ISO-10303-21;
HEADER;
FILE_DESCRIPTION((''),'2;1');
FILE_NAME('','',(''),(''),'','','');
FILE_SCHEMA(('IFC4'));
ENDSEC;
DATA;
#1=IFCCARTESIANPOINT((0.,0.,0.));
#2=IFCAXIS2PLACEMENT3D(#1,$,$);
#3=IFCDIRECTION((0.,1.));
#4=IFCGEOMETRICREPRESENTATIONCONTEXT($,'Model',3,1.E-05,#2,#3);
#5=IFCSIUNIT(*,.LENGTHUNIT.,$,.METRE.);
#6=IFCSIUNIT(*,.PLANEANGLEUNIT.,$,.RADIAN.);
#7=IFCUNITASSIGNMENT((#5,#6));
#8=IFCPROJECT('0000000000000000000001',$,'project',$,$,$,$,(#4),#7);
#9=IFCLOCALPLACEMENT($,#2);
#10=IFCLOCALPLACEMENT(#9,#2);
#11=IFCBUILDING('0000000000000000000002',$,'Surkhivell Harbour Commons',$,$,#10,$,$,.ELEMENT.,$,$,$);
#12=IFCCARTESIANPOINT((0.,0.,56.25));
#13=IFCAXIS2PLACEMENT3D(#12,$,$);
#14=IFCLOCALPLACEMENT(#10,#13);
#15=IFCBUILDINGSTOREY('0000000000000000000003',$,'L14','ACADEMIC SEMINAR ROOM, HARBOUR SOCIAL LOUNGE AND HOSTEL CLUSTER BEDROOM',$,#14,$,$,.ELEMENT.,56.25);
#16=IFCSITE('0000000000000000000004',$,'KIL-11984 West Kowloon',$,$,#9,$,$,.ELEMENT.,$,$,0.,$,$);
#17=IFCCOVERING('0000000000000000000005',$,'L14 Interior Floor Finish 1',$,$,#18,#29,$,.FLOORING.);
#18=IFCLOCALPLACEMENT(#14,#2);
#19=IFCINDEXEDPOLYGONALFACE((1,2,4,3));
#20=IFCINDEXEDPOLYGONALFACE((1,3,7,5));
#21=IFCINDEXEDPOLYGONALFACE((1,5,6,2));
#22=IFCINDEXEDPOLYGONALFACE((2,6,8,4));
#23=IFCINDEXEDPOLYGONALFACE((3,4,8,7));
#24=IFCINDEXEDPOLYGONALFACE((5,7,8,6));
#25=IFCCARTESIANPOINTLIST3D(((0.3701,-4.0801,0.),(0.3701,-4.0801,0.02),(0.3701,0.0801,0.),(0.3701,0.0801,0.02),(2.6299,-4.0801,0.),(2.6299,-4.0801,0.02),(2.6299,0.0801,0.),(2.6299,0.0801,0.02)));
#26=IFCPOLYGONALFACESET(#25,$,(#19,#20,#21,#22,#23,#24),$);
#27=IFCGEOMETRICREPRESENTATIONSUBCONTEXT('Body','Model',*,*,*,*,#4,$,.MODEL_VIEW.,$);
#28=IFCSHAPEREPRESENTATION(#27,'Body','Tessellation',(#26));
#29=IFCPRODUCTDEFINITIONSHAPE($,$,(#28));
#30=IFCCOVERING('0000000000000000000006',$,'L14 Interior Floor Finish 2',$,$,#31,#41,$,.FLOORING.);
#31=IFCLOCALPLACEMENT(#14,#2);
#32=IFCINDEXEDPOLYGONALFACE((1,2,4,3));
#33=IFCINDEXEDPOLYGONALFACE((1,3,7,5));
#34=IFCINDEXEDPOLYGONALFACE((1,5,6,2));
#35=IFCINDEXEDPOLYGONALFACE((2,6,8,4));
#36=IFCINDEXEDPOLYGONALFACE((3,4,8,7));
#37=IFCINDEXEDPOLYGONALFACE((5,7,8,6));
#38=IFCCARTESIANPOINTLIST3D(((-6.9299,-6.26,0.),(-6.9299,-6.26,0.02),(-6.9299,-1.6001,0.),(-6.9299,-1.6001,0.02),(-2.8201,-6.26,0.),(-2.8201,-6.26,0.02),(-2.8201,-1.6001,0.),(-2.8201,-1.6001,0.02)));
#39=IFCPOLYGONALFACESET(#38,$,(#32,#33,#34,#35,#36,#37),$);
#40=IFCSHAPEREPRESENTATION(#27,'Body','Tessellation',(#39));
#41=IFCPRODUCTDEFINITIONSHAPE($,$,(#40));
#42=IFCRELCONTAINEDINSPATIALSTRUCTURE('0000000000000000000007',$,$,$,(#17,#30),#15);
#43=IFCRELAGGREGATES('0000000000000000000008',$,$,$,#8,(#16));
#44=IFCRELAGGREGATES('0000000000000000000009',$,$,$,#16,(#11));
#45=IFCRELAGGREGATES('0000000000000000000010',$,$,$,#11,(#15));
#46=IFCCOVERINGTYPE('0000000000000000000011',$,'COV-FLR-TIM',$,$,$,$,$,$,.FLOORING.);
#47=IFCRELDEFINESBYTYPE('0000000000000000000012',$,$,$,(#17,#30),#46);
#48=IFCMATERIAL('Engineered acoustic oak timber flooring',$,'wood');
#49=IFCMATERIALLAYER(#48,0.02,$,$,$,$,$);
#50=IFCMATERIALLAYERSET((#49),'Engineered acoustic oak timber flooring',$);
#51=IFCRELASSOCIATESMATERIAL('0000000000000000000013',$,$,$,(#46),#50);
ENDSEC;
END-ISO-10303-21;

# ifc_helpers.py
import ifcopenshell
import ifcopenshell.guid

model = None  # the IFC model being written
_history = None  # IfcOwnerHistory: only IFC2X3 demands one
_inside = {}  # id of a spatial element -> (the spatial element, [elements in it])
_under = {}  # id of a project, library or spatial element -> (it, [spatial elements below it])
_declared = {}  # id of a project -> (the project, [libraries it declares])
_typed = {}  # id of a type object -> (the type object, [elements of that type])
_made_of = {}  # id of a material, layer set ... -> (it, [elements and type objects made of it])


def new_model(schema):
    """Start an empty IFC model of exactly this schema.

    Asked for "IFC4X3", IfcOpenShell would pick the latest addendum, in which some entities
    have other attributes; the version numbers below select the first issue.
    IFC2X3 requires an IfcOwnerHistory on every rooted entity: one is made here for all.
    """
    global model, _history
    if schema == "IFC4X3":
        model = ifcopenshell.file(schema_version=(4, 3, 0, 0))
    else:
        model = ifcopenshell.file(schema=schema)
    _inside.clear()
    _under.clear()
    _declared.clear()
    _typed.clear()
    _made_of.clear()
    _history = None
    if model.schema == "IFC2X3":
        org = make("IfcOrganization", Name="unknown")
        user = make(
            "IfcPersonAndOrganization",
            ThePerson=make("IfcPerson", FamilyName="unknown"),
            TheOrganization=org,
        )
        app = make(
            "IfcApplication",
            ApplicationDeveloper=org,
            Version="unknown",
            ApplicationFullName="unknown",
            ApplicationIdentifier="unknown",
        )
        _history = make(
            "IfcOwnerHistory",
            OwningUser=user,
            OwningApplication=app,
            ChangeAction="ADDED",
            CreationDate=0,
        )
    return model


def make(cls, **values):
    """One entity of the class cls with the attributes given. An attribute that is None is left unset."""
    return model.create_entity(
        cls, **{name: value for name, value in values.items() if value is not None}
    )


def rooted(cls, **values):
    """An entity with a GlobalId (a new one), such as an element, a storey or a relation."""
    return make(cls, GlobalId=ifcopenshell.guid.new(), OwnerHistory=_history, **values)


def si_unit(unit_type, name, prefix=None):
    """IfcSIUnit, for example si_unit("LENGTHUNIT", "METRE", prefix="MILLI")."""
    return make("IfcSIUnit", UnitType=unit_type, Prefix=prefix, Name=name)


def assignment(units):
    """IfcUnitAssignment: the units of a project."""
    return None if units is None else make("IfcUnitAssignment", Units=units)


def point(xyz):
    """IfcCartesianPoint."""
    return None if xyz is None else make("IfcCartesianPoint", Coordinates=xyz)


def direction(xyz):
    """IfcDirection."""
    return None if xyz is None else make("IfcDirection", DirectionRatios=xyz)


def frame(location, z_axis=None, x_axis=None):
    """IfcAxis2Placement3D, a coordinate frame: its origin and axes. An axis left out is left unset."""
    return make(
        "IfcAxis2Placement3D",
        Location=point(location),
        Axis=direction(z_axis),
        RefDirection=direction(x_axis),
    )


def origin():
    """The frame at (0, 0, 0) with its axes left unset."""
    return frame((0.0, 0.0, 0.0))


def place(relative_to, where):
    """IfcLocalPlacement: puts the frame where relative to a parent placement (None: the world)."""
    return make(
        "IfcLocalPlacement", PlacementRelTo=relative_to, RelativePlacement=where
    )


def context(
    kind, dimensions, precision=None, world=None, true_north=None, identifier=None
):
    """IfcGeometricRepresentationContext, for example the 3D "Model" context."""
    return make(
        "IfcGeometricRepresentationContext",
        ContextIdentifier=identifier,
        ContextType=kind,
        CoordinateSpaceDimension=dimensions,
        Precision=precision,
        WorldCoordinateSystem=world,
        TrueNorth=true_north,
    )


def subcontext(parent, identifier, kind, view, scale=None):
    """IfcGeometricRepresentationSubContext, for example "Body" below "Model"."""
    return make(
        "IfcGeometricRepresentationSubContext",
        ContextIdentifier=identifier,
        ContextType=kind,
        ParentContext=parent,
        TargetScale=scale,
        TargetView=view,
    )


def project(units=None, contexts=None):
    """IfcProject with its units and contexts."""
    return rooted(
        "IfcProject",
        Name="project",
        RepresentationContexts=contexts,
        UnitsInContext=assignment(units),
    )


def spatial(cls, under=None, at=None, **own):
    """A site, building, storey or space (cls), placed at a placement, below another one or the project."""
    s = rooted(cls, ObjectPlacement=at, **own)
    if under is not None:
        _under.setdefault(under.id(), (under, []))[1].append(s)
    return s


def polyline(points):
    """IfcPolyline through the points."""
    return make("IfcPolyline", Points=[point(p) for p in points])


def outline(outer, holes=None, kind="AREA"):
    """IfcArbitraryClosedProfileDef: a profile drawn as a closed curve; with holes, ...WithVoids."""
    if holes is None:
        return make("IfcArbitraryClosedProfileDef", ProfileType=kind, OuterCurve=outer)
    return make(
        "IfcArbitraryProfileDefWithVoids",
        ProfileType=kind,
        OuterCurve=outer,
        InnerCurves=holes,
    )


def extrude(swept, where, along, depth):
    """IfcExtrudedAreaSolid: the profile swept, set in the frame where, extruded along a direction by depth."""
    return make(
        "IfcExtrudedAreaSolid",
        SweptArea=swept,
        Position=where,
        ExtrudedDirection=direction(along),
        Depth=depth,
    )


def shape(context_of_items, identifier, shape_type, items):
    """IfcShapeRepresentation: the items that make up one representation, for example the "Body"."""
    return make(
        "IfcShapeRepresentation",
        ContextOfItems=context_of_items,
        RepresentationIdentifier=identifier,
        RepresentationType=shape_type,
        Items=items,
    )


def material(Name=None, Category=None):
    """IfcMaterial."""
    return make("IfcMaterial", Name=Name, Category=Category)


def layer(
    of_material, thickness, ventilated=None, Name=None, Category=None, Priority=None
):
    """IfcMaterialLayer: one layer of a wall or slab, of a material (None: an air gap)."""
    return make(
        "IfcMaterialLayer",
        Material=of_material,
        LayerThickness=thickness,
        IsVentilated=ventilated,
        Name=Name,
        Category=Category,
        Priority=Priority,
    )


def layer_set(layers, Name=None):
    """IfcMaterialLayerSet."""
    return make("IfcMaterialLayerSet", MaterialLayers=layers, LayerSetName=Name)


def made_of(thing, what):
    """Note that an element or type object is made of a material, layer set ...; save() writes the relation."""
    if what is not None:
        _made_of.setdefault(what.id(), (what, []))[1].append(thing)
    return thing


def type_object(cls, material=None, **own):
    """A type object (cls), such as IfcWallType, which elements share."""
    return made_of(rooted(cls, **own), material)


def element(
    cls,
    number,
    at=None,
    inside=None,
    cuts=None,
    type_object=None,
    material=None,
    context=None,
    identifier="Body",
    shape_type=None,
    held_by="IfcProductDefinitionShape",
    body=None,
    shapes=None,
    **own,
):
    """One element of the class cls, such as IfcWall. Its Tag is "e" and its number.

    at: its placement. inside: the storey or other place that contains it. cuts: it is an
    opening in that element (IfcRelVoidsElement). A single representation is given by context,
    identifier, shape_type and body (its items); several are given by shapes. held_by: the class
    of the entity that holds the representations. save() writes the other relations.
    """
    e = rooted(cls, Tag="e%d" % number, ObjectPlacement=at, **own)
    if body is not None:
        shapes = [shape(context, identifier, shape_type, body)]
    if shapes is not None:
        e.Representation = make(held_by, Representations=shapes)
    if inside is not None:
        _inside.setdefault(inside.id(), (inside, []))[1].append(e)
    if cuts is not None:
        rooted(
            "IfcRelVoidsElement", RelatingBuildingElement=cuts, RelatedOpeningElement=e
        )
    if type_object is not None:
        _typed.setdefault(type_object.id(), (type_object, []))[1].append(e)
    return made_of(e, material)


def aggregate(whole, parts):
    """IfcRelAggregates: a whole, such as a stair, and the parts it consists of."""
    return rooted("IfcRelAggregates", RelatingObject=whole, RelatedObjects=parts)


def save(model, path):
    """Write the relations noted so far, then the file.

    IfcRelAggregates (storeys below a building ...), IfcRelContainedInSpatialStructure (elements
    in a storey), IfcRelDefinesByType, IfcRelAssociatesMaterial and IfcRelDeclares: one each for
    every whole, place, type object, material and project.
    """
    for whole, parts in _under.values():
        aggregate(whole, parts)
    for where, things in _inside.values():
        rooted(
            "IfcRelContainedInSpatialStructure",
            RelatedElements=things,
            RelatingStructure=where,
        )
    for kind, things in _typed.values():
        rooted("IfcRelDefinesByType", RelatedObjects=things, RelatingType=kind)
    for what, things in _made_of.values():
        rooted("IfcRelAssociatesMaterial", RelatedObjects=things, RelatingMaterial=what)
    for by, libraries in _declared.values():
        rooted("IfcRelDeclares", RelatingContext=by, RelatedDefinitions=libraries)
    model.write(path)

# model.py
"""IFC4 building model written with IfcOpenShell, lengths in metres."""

from ifc_helpers import new_model, si_unit, direction, frame, origin, place, context, subcontext, project, spatial, polyline, outline, extrude, material, layer, layer_set, type_object, element, save


model = new_model("IFC4")

# Units and contexts
model_context = context("Model", 3, precision=1e-05, world=origin(), true_north=direction((0.0, 1.0)))
body_context = subcontext(model_context, "Body", "Model", "MODEL_VIEW")
ifc_project = project(units=[si_unit("LENGTHUNIT", "METRE"), si_unit("PLANEANGLEUNIT", "RADIAN")], contexts=[model_context])

# Site, building, storey
site_placement = place(None, origin())
site = spatial("IfcSite", under=ifc_project, at=site_placement, Name="KIL-11984 West Kowloon", CompositionType="ELEMENT", RefElevation=0.0)
building_placement = place(site_placement, origin())
building = spatial("IfcBuilding", under=site, at=building_placement, Name="Surkhivell Harbour Commons", CompositionType="ELEMENT")
storey_placement = place(building_placement, frame((0.0, 0.0, 56.25)))
storey = spatial("IfcBuildingStorey", under=building, at=storey_placement, Name="L14", Description="ACADEMIC SEMINAR ROOM, HARBOUR SOCIAL LOUNGE AND HOSTEL CLUSTER BEDROOM", CompositionType="ELEMENT", Elevation=56.25)

# Coverings
ifc_material_1 = material(Name="Engineered acoustic oak timber flooring", Category="wood")
ifc_layer_1 = layer(ifc_material_1, 0.02)
ifc_layer_set_1 = layer_set([ifc_layer_1], Name="Engineered acoustic oak timber flooring")
covering_type_1 = type_object("IfcCoveringType", Name="COV-FLR-TIM", PredefinedType="FLOORING", material=ifc_layer_set_1)
covering_1_placement = place(storey_placement, origin())
element("IfcCovering", 1, at=covering_1_placement, inside=storey, type_object=covering_type_1, Name="L14 Interior Floor Finish 1", PredefinedType="FLOORING", context=body_context, shape_type="SweptSolid", body=[
    extrude(outline(polyline([(0.3701, -4.0801), (2.6299, -4.0801), (2.6299, 0.0801), (0.3701, 0.0801), (0.3701, -4.0801)])), origin(), (0.0, 0.0, 1.0), 0.02),
])
covering_2_placement = place(storey_placement, origin())
element("IfcCovering", 2, at=covering_2_placement, inside=storey, type_object=covering_type_1, Name="L14 Interior Floor Finish 2", PredefinedType="FLOORING", context=body_context, shape_type="SweptSolid", body=[
    extrude(outline(polyline([(-6.9299, -6.26), (-2.8201, -6.26), (-2.8201, -1.6001), (-6.9299, -1.6001), (-6.9299, -6.26)])), origin(), (0.0, 0.0, 1.0), 0.02),
])

save(model, "model.ifc")
